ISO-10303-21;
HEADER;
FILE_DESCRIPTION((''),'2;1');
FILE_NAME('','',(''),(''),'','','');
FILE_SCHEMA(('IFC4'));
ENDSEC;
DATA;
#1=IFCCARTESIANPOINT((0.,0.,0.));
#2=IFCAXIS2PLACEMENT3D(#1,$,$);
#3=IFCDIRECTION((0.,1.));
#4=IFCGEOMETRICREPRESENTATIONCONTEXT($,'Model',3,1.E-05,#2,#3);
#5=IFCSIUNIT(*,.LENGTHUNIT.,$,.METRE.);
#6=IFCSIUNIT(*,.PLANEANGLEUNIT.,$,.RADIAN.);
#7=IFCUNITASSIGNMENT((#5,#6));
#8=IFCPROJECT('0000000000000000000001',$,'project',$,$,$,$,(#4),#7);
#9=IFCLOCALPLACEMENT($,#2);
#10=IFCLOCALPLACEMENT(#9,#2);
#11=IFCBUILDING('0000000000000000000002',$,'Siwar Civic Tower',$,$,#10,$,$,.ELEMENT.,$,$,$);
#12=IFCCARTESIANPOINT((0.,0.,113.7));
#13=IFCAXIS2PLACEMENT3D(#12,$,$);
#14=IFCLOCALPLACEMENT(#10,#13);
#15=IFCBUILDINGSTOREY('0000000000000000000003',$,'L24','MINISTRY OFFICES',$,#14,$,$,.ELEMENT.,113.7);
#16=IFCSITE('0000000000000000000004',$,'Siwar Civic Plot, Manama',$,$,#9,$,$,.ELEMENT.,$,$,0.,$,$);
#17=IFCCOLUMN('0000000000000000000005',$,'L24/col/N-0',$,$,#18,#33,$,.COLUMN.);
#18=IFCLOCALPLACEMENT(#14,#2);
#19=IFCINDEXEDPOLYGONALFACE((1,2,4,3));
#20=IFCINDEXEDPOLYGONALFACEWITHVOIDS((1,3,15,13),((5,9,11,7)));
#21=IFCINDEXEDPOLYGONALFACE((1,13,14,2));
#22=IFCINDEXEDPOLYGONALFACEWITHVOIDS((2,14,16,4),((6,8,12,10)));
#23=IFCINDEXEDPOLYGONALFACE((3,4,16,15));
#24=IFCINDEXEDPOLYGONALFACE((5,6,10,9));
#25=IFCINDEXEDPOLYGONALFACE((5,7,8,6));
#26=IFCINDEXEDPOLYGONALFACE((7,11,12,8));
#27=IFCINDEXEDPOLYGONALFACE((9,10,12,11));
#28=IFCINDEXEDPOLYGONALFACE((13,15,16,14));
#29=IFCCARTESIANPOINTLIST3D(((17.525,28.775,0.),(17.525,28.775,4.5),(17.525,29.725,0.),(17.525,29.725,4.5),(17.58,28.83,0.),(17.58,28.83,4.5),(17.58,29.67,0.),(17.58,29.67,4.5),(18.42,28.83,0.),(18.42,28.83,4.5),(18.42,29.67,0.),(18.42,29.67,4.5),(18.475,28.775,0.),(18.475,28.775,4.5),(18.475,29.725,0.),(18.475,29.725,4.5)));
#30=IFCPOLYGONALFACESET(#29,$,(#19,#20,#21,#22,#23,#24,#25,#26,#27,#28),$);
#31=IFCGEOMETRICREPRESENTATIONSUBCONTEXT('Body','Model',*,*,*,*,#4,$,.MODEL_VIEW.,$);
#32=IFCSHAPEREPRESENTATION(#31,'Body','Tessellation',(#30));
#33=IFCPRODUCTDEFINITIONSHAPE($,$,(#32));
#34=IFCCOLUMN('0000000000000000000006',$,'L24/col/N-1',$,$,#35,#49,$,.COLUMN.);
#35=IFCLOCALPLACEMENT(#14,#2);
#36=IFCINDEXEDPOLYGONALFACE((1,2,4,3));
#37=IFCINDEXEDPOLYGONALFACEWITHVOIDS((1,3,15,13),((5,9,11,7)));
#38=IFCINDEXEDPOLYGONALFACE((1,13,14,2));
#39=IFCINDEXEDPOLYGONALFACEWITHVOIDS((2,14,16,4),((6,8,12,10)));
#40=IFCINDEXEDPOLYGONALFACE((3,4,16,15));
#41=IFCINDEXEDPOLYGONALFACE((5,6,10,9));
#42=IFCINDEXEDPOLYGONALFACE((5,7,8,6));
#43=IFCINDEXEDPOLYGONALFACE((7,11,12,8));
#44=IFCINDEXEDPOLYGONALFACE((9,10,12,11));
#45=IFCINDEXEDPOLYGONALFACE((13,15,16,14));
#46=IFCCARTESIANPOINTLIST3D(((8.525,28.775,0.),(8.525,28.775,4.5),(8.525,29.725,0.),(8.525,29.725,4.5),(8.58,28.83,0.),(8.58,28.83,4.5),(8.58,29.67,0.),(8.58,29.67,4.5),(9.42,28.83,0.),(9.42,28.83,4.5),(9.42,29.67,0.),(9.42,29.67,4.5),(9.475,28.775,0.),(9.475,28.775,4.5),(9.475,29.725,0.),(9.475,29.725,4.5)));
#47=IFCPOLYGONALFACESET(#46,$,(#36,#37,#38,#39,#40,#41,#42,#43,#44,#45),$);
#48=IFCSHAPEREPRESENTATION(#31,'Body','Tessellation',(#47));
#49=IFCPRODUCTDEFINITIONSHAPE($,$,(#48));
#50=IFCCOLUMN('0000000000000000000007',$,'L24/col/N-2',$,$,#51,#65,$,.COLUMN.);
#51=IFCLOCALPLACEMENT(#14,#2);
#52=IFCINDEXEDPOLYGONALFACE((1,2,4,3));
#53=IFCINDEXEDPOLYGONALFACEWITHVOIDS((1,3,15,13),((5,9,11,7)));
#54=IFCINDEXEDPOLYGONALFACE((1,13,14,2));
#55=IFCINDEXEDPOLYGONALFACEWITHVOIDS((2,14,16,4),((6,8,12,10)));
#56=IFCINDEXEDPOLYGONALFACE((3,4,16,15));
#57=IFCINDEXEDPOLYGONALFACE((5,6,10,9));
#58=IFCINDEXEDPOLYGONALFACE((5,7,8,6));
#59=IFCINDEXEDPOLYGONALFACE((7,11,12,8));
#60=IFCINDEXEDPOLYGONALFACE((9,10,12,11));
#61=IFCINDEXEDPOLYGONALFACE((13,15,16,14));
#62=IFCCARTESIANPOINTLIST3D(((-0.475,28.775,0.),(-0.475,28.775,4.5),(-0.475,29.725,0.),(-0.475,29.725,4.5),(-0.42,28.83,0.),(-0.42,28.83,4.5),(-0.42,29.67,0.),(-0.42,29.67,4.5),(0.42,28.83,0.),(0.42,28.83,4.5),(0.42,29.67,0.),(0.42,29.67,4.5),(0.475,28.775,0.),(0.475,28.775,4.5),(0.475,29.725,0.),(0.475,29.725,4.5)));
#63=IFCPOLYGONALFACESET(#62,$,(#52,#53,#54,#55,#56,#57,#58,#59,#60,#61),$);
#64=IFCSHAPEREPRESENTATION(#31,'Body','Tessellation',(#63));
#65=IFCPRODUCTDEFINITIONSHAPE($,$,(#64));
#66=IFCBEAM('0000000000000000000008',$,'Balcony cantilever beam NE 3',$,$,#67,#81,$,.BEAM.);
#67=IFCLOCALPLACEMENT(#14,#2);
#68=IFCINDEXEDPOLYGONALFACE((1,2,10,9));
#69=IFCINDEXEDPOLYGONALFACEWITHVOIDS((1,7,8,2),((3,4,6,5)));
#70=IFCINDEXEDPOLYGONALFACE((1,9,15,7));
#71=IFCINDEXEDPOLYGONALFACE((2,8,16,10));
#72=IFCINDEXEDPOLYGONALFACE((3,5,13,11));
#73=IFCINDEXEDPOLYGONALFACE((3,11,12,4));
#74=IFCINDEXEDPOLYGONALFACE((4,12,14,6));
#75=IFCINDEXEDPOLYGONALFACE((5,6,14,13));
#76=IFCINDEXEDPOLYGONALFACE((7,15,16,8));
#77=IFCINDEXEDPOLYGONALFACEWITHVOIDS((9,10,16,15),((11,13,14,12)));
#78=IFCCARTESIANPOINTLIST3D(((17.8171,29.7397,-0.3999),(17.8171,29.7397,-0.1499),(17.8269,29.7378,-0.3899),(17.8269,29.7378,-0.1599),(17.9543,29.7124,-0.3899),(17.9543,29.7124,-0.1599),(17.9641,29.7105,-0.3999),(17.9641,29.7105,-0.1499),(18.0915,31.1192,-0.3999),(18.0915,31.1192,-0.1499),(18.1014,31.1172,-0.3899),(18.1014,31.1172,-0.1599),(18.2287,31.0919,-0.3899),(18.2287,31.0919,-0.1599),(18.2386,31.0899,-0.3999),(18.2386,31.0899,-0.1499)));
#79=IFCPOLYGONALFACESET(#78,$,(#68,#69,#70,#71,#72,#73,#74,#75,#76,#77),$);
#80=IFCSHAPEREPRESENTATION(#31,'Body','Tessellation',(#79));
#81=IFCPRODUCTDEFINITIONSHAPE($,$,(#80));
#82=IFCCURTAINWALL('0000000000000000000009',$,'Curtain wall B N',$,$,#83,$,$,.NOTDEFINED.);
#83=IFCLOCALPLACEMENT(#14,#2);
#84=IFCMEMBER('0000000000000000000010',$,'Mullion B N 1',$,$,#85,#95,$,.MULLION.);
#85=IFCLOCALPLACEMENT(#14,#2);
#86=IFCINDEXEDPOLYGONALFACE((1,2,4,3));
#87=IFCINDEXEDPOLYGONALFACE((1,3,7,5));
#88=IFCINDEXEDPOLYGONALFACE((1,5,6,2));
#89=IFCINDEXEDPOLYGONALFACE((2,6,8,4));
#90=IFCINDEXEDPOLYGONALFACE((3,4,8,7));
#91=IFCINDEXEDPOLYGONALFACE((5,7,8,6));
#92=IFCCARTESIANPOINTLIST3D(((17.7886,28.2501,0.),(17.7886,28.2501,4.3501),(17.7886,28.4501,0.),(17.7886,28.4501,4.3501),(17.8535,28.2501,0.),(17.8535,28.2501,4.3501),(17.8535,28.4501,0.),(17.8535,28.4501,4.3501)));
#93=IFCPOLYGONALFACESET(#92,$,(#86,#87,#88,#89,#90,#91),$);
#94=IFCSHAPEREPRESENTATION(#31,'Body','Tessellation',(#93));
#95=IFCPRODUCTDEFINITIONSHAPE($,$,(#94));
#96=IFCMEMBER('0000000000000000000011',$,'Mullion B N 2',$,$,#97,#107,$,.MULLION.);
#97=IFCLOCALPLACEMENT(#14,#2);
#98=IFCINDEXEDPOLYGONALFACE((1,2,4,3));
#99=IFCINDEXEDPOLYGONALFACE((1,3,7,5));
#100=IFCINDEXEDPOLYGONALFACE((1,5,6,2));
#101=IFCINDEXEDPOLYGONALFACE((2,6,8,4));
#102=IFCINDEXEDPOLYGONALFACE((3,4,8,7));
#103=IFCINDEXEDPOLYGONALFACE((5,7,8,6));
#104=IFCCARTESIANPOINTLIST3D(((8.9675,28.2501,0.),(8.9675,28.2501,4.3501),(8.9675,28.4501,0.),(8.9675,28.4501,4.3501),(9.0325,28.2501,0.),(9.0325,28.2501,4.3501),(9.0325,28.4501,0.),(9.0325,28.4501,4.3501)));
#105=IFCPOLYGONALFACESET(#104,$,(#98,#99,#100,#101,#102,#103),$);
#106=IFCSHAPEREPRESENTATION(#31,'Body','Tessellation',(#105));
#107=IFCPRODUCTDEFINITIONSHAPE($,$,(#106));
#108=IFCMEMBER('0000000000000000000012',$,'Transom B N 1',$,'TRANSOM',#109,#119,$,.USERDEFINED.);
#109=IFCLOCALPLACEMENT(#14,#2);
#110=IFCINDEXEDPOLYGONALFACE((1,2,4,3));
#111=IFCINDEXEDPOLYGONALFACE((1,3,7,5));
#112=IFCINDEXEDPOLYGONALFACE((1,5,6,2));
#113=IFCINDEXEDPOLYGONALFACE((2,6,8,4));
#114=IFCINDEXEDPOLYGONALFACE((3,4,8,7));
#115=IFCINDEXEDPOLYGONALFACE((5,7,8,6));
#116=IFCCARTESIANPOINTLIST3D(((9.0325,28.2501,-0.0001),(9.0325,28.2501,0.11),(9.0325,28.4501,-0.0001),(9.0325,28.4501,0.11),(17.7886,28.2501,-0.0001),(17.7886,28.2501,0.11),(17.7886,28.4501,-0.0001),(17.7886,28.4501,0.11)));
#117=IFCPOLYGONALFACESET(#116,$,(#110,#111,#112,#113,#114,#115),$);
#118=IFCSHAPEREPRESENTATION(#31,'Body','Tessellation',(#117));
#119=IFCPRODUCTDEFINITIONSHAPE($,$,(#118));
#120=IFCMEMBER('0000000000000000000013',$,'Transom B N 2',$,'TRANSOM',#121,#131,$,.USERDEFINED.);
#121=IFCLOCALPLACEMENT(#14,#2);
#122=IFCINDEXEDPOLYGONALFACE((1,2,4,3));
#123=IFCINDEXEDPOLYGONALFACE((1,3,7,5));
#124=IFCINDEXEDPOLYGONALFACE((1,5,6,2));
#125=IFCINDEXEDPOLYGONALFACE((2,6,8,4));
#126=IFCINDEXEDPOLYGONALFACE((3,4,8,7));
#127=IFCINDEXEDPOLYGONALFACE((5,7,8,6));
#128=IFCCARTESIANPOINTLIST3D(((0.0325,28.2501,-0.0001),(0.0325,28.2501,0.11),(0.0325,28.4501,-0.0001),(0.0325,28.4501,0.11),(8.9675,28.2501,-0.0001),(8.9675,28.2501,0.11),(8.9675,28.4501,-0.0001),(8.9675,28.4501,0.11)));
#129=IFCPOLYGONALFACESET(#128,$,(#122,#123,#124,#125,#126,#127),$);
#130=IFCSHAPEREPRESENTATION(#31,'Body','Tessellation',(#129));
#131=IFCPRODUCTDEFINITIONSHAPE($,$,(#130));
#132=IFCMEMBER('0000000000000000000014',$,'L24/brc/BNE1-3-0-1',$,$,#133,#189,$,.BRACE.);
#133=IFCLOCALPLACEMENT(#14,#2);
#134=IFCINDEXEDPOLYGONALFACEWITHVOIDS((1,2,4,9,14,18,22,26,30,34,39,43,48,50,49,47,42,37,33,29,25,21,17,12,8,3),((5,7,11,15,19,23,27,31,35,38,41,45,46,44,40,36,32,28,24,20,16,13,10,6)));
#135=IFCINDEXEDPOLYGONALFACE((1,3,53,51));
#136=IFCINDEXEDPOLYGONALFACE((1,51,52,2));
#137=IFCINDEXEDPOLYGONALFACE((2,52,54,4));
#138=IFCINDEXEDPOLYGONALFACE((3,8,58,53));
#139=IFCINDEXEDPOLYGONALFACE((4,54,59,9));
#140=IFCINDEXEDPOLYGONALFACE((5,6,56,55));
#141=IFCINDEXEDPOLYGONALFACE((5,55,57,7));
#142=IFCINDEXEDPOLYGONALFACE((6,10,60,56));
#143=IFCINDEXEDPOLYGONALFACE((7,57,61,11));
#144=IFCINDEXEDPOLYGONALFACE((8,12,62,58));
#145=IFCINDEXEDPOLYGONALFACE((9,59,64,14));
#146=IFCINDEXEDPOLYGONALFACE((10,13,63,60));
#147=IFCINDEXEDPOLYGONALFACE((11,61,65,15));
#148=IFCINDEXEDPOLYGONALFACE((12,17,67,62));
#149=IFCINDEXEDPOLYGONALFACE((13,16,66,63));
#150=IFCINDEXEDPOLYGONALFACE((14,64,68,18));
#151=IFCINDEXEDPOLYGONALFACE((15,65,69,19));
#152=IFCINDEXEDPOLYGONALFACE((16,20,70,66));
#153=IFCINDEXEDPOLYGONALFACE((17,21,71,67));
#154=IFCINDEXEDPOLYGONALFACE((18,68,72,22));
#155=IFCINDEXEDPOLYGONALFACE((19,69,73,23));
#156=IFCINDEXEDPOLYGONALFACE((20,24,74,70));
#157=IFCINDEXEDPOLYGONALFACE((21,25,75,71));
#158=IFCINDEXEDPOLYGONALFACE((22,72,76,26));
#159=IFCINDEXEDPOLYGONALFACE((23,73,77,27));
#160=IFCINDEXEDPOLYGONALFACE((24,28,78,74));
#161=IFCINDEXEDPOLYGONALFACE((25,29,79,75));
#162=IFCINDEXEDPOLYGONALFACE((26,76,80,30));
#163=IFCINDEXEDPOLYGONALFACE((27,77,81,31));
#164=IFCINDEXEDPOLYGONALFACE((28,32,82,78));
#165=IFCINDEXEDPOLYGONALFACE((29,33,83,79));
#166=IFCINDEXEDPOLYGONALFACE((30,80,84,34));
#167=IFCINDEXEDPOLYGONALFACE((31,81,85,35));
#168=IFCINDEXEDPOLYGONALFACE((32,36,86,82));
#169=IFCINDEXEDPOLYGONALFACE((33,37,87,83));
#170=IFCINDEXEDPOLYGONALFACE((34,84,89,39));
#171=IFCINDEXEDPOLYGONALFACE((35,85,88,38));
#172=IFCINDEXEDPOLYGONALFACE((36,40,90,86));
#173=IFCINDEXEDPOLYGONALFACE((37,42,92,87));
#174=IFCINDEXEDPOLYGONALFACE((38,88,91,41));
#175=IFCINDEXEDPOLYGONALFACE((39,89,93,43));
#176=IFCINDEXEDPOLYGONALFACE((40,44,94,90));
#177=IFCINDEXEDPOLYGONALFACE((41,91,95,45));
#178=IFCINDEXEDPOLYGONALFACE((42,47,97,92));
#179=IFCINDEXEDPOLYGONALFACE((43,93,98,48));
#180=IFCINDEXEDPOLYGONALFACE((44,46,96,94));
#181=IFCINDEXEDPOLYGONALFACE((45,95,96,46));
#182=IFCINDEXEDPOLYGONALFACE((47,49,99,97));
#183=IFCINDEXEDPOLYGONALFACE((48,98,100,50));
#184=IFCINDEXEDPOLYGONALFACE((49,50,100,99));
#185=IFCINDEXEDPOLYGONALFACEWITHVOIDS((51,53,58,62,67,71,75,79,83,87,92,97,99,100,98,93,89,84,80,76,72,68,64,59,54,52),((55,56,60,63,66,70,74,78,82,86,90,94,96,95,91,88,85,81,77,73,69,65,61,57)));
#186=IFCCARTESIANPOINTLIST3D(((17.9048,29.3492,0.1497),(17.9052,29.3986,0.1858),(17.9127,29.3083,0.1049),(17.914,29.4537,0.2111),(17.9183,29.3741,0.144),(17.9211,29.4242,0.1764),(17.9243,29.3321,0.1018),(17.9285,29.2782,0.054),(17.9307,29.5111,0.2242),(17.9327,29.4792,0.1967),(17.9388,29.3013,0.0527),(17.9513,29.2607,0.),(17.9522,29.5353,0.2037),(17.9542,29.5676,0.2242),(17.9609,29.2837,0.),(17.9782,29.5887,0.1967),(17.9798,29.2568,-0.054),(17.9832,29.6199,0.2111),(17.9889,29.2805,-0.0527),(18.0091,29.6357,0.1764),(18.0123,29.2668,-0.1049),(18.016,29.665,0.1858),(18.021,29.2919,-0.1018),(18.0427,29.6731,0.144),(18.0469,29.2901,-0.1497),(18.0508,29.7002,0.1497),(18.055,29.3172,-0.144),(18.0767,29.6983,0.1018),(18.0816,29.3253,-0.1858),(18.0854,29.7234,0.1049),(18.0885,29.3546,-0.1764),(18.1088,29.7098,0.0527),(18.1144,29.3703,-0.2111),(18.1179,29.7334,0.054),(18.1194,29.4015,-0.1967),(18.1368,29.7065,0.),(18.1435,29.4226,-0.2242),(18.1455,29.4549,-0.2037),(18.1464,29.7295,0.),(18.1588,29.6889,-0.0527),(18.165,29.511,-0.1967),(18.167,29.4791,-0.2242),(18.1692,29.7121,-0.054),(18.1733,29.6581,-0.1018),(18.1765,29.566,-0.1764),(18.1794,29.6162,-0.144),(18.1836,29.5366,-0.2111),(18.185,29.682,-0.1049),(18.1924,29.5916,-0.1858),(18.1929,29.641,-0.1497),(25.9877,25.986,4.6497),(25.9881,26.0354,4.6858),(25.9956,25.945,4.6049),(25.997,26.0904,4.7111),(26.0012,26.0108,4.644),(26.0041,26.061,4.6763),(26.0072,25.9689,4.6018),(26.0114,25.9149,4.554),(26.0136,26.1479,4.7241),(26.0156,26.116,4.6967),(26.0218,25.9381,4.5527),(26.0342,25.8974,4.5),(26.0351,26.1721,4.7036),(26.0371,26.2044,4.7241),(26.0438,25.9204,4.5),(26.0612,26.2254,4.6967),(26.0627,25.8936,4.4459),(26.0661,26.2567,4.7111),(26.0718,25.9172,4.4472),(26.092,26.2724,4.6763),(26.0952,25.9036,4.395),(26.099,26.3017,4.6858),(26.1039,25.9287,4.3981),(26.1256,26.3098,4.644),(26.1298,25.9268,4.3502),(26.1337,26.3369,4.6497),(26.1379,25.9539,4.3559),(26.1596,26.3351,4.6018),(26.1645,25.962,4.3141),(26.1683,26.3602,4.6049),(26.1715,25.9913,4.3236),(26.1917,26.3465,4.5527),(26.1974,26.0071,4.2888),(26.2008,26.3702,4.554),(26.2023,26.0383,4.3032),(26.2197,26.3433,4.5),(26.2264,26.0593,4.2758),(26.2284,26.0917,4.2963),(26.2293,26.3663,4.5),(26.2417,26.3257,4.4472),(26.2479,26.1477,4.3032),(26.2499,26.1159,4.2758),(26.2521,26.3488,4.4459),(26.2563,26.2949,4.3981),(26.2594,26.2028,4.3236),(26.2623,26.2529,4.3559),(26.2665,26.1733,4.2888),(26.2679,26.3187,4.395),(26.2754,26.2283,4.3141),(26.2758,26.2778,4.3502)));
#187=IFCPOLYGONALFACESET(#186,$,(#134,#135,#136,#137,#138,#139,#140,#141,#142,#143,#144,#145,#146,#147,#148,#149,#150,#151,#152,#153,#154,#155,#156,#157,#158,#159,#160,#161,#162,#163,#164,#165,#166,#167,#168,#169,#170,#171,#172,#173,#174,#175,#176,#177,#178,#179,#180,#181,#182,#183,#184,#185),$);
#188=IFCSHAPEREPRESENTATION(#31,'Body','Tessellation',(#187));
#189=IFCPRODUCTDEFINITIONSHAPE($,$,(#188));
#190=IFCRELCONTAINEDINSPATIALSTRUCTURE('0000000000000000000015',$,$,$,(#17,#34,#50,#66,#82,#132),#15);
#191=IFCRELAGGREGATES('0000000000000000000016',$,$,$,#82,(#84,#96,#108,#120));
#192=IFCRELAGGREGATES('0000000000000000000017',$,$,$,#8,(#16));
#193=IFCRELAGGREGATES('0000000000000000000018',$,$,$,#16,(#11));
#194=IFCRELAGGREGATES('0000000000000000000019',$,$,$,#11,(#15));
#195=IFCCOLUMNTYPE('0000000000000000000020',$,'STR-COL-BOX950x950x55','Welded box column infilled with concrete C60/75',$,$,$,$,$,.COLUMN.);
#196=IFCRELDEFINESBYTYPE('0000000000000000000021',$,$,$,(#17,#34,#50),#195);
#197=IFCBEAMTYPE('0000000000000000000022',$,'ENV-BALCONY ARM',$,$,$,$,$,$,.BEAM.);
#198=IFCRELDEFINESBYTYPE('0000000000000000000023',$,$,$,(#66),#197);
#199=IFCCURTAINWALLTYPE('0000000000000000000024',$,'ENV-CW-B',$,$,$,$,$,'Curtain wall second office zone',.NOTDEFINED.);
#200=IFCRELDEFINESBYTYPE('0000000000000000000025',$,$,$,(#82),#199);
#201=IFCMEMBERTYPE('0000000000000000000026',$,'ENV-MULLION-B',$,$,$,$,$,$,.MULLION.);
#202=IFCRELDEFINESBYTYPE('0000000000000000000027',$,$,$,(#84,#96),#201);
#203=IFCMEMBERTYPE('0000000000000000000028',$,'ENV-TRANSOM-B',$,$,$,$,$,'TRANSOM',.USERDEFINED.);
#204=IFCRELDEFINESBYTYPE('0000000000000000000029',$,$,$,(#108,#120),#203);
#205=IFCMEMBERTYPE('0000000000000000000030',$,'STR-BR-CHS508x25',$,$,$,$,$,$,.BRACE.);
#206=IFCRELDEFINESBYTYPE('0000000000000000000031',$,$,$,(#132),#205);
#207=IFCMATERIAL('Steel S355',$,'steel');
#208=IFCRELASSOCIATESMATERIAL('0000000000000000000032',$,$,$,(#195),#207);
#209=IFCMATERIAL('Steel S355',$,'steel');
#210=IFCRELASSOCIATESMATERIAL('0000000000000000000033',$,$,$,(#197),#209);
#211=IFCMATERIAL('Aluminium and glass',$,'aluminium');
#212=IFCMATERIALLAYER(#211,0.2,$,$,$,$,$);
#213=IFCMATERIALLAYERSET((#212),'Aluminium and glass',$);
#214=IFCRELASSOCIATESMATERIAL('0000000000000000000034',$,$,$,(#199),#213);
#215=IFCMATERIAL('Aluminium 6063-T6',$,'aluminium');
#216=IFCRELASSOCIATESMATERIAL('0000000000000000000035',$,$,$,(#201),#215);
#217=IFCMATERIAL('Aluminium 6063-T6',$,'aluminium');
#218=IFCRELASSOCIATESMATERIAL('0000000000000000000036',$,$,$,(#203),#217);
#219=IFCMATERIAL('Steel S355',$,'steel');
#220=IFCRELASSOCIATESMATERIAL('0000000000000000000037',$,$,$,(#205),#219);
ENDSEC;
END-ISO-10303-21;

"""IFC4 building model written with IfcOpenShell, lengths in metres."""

from ifc_helpers import new_model, si_unit, direction, frame, origin, origin_2d, place, context, subcontext, project, spatial, rectangle, hollow_rectangle, hollow_circle, extrude, material, layer, layer_set, material_profile, profile_set, type_object, element, aggregate, save


model = new_model("IFC4")

# Units and contexts
model_context = context("Model", 3, precision=1e-05, world=origin(), true_north=direction((0.0, 1.0)))
body_context = subcontext(model_context, "Body", "Model", "MODEL_VIEW")
ifc_project = project(units=[si_unit("LENGTHUNIT", "METRE"), si_unit("PLANEANGLEUNIT", "RADIAN")], contexts=[model_context])

# Site, building, storey
site_placement = place(None, origin())
site = spatial("IfcSite", under=ifc_project, at=site_placement, Name="Siwar Civic Plot, Manama", CompositionType="ELEMENT", RefElevation=0.0)
building_placement = place(site_placement, origin())
building = spatial("IfcBuilding", under=site, at=building_placement, Name="Siwar Civic Tower", CompositionType="ELEMENT")
storey_placement = place(building_placement, frame((0.0, 0.0, 113.7)))
storey = spatial("IfcBuildingStorey", under=building, at=storey_placement, Name="L24", Description="MINISTRY OFFICES", CompositionType="ELEMENT", Elevation=113.7)

# Columns
ifc_material_1 = material(Name="Steel S355", Category="steel")
ifc_material_profile_1 = material_profile(ifc_material_1, hollow_rectangle(XDim=0.95, YDim=0.95, WallThickness=0.0549, at=origin_2d()), Name="BOX950x950x55")
ifc_profile_set_1 = profile_set([ifc_material_profile_1], Name="Steel S355")
column_type = type_object("IfcColumnType", Name="STR-COL-BOX950x950x55", Description="Welded box column infilled with concrete C60/75", PredefinedType="COLUMN", material=ifc_profile_set_1)
for number, where, z_axis, x_axis, name in (
    (1, (18.0, 29.25, 0.0), (0.0, 0.0, 1.0), (1.0, 0.0, 0.0), "L24/col/N-0"),
    (2, (9.0, 29.25, 0.0), (0.0, 0.0, 1.0), (1.0, 0.0, 0.0), "L24/col/N-1"),
    (3, (0.0, 29.25, 0.0), (0.0, 0.0, 1.0), (1.0, 0.0, 0.0), "L24/col/N-2"),
):
    element("IfcColumn", number, at=place(storey_placement, frame(where, z_axis=z_axis, x_axis=x_axis)), inside=storey, type_object=column_type, Name=name, PredefinedType="COLUMN", context=body_context, shape_type="SweptSolid", body=[
        extrude(hollow_rectangle(XDim=0.95, YDim=0.95, WallThickness=0.0549, at=origin_2d()), origin(), (0.0, 0.0, 1.0), 4.5),
    ])

# Beam
ifc_material_2 = material(Name="Steel S355", Category="steel")
ifc_material_profile_2 = material_profile(ifc_material_2, hollow_rectangle(XDim=0.1499, YDim=0.25, WallThickness=0.01, at=origin_2d()), Name="RHS250x150x10")
ifc_profile_set_2 = profile_set([ifc_material_profile_2], Name="Steel S355")
beam_type_1 = type_object("IfcBeamType", Name="ENV-BALCONY ARM", PredefinedType="BEAM", material=ifc_profile_set_2)
beam_placement = place(storey_placement, frame((17.8906, 29.7251, -0.2749), z_axis=(0.195115, 0.98078, 0.0), x_axis=(-0.98078, 0.195115, 0.0)))
element("IfcBeam", 4, at=beam_placement, inside=storey, type_object=beam_type_1, Name="Balcony cantilever beam NE 3", PredefinedType="BEAM", context=body_context, shape_type="SweptSolid", body=[
    extrude(hollow_rectangle(XDim=0.1499, YDim=0.25, WallThickness=0.01, at=origin_2d()), origin(), (0.0, 0.0, 1.0), 1.4065),
])

# Curtain wall, members
ifc_material_3 = material(Name="Aluminium and glass", Category="aluminium")
ifc_layer_1 = layer(ifc_material_3, 0.2)
ifc_layer_set_1 = layer_set([ifc_layer_1], Name="Aluminium and glass")
curtain_wall_type = type_object("IfcCurtainWallType", Name="ENV-CW-B", ElementType="Curtain wall second office zone", PredefinedType="NOTDEFINED", material=ifc_layer_set_1)
curtain_wall_placement = place(storey_placement, origin())
curtain_wall = element("IfcCurtainWall", 5, at=curtain_wall_placement, inside=storey, type_object=curtain_wall_type, Name="Curtain wall B N", PredefinedType="NOTDEFINED")
ifc_material_4 = material(Name="Aluminium 6063-T6", Category="aluminium")
ifc_material_profile_3 = material_profile(ifc_material_4, rectangle(XDim=0.2, YDim=0.0649, at=origin_2d()), Name="AL 200x65")
ifc_profile_set_3 = profile_set([ifc_material_profile_3], Name="Aluminium 6063-T6")
member_type_1 = type_object("IfcMemberType", Name="ENV-MULLION-B", PredefinedType="MULLION", material=ifc_profile_set_3)
member_1_placement = place(storey_placement, frame((17.821, 28.3501, 0.0), z_axis=(0.0, 0.0, 1.0), x_axis=(0.0, -1.0, 0.0)))
member_1 = element("IfcMember", 6, at=member_1_placement, type_object=member_type_1, Name="Mullion B N 1", PredefinedType="MULLION", context=body_context, shape_type="SweptSolid", body=[
    extrude(rectangle(XDim=0.2, YDim=0.0649, at=origin_2d()), origin(), (0.0, 0.0, 1.0), 4.3501),
])
member_2_placement = place(storey_placement, frame((9.0, 28.3501, 0.0), z_axis=(0.0, 0.0, 1.0), x_axis=(0.0, -1.0, 0.0)))
member_2 = element("IfcMember", 7, at=member_2_placement, type_object=member_type_1, Name="Mullion B N 2", PredefinedType="MULLION", context=body_context, shape_type="SweptSolid", body=[
    extrude(rectangle(XDim=0.2, YDim=0.0649, at=origin_2d()), origin(), (0.0, 0.0, 1.0), 4.3501),
])
ifc_material_5 = material(Name="Aluminium 6063-T6", Category="aluminium")
ifc_material_profile_4 = material_profile(ifc_material_5, rectangle(XDim=0.2, YDim=0.1101, at=origin_2d()), Name="AL 200x110")
ifc_profile_set_4 = profile_set([ifc_material_profile_4], Name="Aluminium 6063-T6")
member_type_2 = type_object("IfcMemberType", Name="ENV-TRANSOM-B", ElementType="TRANSOM", PredefinedType="USERDEFINED", material=ifc_profile_set_4)
member_3_placement = place(storey_placement, frame((17.7886, 28.3501, 0.0549), z_axis=(-1.0, 0.0, 0.0), x_axis=(0.0, -1.0, 0.0)))
member_3 = element("IfcMember", 8, at=member_3_placement, type_object=member_type_2, Name="Transom B N 1", ObjectType="TRANSOM", PredefinedType="USERDEFINED", context=body_context, shape_type="SweptSolid", body=[
    extrude(rectangle(XDim=0.2, YDim=0.1101, at=origin_2d()), origin(), (0.0, 0.0, 1.0), 8.7561),
])
member_4_placement = place(storey_placement, frame((8.9675, 28.3501, 0.0549), z_axis=(-1.0, 0.0, 0.0), x_axis=(0.0, -1.0, 0.0)))
member_4 = element("IfcMember", 9, at=member_4_placement, type_object=member_type_2, Name="Transom B N 2", ObjectType="TRANSOM", PredefinedType="USERDEFINED", context=body_context, shape_type="SweptSolid", body=[
    extrude(rectangle(XDim=0.2, YDim=0.1101, at=origin_2d()), origin(), (0.0, 0.0, 1.0), 8.9351),
])

# Member
ifc_material_6 = material(Name="Steel S355", Category="steel")
ifc_material_profile_5 = material_profile(ifc_material_6, hollow_circle(Radius=0.2539, WallThickness=0.0249, at=origin_2d()), Name="CHS508x25")
ifc_profile_set_5 = profile_set([ifc_material_profile_5], Name="Steel S355")
member_type_3 = type_object("IfcMemberType", Name="STR-BR-CHS508x25", PredefinedType="BRACE", material=ifc_profile_set_5)
member_5_placement = place(storey_placement, frame((18.0488, 29.4951, 0.0), z_axis=(0.821143, -0.341671, 0.457149), x_axis=(0.384164, 0.923265, 0.0)))
element("IfcMember", 10, at=member_5_placement, inside=storey, type_object=member_type_3, Name="L24/brc/BNE1-3-0-1", PredefinedType="BRACE", context=body_context, shape_type="SweptSolid", body=[
    extrude(hollow_circle(Radius=0.2539, WallThickness=0.0249, at=origin_2d()), origin(), (0.0, 0.0, 1.0), 9.8435),
])

aggregate(curtain_wall, [member_1, member_2, member_3, member_4])

save(model, "model.ifc")
